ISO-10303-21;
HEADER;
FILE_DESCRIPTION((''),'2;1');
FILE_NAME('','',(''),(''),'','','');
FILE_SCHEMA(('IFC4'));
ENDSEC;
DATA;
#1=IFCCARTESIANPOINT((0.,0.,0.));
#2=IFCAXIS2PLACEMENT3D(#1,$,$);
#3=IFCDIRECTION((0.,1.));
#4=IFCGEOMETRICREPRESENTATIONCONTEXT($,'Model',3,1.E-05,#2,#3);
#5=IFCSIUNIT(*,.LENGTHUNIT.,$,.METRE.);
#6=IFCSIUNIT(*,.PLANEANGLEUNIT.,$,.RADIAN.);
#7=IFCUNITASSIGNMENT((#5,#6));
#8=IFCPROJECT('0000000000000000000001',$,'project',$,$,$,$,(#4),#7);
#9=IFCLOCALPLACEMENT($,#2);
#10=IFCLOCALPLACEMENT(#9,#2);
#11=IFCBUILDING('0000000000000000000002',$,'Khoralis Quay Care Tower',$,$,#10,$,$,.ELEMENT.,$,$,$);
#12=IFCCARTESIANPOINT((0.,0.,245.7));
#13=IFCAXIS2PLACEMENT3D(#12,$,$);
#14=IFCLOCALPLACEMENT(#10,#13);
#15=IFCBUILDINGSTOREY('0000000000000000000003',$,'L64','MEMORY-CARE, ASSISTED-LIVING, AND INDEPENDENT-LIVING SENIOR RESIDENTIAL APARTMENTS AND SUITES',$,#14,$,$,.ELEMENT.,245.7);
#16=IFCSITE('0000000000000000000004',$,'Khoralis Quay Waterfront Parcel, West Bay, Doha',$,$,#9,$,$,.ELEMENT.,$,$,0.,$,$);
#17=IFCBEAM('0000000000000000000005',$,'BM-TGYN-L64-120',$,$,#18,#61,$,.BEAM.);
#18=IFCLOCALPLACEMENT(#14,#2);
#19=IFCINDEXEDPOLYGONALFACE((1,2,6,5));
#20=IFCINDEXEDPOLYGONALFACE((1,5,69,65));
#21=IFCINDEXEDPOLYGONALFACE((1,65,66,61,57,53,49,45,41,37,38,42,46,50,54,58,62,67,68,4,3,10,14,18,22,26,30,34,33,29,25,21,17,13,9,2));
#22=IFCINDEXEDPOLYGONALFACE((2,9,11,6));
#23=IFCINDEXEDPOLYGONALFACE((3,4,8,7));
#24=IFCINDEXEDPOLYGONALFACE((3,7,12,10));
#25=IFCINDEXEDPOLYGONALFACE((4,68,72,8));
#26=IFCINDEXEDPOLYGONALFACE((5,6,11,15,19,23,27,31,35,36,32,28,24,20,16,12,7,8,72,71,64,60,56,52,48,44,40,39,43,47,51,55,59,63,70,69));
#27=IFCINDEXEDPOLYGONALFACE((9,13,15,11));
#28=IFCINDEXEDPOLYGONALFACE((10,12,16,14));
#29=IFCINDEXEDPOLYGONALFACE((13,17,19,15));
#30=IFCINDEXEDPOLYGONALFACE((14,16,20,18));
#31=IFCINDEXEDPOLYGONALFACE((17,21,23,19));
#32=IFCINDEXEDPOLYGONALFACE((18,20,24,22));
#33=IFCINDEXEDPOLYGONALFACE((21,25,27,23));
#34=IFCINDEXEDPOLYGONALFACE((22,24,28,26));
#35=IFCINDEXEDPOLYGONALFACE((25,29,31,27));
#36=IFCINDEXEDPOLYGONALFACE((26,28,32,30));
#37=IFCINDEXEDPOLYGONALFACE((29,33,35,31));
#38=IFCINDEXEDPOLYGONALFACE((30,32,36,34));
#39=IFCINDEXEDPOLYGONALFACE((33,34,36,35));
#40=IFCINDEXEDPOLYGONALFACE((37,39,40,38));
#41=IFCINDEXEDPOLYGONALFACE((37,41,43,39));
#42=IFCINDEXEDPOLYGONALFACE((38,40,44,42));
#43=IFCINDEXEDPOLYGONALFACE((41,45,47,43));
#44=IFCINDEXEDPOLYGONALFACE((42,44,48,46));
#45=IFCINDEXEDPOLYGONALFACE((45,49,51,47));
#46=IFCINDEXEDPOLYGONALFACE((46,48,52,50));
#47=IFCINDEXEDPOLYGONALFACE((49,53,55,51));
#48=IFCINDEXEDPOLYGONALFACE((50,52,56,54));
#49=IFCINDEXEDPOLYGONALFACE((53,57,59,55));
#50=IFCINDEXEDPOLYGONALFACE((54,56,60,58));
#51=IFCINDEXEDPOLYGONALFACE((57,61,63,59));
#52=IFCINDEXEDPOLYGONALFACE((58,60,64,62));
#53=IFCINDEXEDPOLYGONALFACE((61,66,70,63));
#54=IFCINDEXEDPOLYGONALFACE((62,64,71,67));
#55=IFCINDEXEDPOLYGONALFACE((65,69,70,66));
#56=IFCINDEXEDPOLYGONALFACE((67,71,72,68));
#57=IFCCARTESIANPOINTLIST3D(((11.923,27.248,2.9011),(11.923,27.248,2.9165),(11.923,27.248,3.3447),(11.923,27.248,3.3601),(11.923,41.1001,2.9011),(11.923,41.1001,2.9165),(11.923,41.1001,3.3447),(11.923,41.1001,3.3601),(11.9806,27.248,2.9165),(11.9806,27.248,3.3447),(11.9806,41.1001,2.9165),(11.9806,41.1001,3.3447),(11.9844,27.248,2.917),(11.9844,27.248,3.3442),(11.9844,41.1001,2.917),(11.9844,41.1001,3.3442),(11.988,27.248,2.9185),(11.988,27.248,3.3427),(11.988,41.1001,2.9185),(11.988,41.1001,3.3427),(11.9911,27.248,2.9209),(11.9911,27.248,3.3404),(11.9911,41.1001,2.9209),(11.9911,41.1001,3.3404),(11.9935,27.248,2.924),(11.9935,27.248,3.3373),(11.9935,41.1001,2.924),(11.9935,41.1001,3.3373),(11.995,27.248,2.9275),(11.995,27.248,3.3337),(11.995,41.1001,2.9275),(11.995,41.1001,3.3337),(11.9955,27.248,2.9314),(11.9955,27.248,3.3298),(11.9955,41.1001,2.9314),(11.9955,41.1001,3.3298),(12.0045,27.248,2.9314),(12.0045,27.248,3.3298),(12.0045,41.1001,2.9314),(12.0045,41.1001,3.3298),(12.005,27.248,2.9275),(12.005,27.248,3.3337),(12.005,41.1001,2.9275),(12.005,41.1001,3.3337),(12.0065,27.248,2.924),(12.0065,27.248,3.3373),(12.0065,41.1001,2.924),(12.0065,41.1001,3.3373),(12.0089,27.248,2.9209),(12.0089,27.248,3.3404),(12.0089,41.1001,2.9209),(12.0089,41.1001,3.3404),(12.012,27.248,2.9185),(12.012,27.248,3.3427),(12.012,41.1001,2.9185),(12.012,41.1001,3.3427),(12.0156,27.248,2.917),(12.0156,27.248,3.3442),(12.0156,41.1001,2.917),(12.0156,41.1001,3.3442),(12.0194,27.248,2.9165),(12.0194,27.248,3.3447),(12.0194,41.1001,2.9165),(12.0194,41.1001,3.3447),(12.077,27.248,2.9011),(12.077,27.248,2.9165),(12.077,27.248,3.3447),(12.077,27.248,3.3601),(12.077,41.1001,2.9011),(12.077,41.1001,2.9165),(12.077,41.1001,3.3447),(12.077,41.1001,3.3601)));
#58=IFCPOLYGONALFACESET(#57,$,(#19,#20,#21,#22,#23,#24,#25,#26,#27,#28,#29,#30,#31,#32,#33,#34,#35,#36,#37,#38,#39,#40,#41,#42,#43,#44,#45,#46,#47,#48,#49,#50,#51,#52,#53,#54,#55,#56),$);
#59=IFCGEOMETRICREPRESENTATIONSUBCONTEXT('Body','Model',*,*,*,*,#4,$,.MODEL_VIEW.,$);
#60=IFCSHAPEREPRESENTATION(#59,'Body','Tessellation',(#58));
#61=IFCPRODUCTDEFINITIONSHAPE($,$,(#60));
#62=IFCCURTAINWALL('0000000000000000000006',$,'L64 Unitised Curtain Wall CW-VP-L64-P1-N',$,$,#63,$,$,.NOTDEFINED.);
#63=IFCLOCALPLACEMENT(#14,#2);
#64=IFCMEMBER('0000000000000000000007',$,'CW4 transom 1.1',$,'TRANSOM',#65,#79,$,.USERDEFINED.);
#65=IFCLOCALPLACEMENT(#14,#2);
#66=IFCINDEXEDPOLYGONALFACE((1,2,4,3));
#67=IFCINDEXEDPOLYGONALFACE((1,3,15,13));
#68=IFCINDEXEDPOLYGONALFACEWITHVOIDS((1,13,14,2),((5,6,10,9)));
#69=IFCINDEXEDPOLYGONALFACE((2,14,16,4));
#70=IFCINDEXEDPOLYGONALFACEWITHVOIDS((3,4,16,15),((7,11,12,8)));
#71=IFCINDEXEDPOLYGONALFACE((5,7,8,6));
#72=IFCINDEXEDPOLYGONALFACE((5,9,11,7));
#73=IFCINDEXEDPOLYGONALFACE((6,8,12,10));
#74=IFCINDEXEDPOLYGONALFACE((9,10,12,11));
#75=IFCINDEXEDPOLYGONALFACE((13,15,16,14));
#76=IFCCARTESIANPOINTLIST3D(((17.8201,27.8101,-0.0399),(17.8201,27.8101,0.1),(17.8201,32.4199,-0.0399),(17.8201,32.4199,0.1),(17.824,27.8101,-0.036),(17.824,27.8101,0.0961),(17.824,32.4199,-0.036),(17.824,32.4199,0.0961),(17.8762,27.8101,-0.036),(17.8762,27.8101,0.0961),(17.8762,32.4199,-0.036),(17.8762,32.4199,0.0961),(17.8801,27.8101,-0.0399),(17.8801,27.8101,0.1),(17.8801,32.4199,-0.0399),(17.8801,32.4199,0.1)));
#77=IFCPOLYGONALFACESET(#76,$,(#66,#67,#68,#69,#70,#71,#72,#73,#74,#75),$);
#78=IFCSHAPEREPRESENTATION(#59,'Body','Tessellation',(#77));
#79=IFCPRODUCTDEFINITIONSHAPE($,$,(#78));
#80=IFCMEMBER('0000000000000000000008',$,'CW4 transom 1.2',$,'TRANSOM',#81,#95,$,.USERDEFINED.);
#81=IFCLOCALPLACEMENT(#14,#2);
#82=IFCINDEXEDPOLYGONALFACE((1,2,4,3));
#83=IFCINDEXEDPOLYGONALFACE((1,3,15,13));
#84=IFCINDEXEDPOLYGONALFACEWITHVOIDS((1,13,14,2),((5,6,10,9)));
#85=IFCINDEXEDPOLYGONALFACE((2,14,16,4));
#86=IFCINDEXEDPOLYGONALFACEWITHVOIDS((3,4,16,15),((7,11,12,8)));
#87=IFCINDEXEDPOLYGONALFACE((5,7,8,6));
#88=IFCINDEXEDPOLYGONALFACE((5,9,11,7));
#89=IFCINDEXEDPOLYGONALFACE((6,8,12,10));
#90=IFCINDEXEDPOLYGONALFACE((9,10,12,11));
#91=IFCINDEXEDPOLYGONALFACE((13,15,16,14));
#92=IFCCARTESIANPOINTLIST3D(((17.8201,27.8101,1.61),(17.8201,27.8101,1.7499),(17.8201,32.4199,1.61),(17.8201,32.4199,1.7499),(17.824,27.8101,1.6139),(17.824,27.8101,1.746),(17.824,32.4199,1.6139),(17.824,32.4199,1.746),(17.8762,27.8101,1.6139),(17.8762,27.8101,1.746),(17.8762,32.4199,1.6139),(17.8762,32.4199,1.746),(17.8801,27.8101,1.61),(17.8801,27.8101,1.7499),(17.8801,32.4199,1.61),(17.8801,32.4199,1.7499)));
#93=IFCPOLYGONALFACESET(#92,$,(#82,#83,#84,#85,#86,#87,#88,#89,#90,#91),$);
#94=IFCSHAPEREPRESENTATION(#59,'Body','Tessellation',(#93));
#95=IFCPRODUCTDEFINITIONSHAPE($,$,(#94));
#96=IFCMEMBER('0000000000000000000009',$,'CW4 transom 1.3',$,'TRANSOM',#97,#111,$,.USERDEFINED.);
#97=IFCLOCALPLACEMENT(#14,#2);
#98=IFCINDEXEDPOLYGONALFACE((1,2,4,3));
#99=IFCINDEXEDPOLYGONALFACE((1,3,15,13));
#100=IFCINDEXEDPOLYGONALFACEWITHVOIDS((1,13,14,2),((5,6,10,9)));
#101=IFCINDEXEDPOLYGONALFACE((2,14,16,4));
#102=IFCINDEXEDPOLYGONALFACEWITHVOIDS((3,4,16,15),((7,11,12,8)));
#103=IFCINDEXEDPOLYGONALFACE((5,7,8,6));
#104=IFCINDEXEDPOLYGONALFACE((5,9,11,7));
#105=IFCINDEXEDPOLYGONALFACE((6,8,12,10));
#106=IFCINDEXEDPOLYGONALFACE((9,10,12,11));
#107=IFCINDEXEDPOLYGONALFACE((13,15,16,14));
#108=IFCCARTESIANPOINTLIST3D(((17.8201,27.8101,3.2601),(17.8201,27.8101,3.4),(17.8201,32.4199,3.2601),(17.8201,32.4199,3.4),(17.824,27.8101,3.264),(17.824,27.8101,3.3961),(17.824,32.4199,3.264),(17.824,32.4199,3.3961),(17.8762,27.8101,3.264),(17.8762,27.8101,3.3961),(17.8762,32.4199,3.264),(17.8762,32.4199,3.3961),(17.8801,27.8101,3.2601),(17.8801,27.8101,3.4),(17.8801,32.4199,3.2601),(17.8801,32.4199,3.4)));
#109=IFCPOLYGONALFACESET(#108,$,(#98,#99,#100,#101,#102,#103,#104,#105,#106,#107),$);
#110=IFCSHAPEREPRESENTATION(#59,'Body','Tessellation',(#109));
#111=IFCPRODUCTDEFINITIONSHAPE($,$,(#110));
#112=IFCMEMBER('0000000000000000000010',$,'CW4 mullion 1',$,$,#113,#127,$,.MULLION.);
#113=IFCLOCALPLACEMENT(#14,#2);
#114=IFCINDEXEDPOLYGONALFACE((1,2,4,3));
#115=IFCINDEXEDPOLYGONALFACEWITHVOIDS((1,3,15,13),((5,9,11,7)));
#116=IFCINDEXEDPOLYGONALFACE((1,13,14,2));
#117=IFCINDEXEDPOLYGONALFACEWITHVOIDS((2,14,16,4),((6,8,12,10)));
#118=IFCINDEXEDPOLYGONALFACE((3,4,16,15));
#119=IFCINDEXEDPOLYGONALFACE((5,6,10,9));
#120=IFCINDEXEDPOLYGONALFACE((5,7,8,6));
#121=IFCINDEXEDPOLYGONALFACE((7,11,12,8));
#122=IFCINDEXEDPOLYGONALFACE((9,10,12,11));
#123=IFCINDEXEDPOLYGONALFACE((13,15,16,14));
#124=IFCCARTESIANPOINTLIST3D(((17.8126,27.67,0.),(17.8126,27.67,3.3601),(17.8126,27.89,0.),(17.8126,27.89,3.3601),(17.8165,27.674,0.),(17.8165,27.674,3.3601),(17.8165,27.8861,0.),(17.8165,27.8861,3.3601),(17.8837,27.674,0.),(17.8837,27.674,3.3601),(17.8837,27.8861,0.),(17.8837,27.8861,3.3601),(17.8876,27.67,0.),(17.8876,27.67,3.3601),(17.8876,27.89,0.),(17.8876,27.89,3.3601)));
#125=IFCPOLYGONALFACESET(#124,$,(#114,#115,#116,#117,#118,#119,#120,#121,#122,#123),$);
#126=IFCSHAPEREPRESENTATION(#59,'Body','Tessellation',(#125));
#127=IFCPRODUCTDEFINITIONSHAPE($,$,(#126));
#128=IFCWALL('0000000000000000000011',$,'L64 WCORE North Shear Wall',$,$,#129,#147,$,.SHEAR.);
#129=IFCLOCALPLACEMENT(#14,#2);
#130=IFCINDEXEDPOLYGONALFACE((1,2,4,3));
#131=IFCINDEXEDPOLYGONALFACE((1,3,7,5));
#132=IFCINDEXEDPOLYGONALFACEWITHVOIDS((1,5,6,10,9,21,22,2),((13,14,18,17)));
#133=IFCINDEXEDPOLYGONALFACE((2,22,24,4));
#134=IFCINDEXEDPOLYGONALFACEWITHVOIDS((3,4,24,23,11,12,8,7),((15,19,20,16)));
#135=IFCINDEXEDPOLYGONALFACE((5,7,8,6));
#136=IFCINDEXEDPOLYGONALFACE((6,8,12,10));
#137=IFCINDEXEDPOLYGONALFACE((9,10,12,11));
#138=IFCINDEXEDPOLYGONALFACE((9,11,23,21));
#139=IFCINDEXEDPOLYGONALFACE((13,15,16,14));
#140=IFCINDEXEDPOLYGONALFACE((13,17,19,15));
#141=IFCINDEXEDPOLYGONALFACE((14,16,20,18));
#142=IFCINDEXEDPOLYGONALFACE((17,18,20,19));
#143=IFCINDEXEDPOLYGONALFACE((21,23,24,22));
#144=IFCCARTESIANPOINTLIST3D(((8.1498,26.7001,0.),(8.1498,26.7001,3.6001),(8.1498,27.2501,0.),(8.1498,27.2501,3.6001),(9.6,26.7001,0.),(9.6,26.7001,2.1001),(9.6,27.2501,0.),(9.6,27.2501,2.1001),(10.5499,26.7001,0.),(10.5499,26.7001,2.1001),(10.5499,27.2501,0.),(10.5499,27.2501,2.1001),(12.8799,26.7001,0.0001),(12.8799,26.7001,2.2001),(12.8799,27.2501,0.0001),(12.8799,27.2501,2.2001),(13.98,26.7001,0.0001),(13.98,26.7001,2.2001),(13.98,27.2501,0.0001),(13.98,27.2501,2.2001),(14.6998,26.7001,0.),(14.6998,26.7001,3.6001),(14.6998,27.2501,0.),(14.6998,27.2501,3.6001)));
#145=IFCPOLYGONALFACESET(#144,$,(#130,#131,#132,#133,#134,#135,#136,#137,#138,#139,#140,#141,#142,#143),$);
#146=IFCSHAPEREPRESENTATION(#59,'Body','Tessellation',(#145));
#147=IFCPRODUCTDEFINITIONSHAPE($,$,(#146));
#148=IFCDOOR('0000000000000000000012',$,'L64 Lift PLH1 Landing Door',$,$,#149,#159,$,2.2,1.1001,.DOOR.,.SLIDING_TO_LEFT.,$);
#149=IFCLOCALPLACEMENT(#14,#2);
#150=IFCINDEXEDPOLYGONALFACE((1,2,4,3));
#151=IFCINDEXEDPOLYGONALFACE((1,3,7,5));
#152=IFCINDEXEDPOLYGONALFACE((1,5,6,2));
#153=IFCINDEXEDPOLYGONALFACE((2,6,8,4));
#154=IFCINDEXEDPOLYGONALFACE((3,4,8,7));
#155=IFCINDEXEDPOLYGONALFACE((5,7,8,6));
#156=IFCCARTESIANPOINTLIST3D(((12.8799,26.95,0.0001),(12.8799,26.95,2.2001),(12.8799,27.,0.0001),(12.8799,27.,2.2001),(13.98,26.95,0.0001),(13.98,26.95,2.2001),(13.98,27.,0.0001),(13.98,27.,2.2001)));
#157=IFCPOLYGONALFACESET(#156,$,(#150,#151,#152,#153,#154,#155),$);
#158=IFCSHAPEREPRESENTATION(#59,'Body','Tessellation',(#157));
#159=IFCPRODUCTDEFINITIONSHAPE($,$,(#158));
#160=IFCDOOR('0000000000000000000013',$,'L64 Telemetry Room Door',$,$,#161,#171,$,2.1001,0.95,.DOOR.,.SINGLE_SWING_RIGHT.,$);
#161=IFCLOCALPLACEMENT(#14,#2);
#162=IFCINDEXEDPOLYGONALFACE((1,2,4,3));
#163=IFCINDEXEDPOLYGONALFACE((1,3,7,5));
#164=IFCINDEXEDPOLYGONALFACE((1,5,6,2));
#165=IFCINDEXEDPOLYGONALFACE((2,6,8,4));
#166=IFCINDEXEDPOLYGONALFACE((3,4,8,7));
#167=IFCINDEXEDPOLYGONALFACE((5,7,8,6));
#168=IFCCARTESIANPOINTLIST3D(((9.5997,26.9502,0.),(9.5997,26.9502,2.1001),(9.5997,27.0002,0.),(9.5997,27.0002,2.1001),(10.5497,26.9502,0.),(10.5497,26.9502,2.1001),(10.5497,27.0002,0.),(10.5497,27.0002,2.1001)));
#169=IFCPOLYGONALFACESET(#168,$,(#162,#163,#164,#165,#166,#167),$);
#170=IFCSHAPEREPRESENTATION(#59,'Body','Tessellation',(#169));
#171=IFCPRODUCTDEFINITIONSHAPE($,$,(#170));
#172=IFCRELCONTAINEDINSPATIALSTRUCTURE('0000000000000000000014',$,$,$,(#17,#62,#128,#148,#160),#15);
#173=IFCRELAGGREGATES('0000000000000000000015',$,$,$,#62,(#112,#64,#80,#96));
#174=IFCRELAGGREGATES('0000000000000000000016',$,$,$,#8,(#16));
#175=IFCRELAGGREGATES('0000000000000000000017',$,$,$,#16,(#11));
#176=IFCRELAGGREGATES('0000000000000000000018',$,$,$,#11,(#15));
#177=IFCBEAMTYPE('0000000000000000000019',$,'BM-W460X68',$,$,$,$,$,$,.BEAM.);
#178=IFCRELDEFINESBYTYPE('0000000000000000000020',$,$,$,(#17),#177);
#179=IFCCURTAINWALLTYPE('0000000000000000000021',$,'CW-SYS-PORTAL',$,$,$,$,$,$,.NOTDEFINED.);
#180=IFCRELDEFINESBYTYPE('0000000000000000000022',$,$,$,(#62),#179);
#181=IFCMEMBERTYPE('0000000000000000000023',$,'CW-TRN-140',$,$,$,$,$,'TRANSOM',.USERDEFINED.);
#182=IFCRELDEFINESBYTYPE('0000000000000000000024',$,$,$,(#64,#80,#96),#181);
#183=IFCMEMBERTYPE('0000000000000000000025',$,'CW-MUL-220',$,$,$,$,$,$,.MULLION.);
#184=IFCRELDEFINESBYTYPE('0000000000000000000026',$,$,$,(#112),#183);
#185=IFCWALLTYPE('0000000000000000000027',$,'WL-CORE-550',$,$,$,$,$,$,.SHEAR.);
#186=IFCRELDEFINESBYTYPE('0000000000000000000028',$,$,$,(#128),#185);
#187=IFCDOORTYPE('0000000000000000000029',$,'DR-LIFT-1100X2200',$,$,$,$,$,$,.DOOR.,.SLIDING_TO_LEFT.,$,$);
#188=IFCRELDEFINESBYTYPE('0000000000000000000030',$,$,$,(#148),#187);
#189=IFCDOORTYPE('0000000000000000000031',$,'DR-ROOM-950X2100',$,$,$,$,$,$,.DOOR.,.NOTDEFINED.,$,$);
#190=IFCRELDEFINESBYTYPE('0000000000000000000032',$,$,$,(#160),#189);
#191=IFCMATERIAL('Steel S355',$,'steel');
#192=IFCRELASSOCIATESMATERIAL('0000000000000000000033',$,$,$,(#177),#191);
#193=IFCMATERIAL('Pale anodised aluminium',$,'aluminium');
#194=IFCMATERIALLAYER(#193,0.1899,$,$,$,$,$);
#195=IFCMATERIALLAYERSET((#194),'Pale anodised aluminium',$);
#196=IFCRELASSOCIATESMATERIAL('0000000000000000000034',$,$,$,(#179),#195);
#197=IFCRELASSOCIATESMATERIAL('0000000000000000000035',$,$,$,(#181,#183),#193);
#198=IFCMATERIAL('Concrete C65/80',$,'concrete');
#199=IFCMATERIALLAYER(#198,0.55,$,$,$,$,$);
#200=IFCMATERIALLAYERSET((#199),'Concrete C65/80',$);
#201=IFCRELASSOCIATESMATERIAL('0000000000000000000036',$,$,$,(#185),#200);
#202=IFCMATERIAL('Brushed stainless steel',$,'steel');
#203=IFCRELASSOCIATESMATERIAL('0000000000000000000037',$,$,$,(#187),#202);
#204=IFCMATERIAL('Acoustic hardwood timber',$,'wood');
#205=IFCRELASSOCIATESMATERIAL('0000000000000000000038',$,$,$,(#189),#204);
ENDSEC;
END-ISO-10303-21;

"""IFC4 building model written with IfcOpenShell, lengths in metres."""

from ifc_helpers import new_model, si_unit, direction, frame, frame_2d, origin, origin_2d, place, context, subcontext, project, spatial, rectangle, hollow_rectangle, i_section, extrude, source, transform, mapped, material, layer, layer_set, material_profile, profile_set, type_object, element, fill, aggregate, save


model = new_model("IFC4")

# Units and contexts
model_context = context("Model", 3, precision=1e-05, world=origin(), true_north=direction((0.0, 1.0)))
body_context = subcontext(model_context, "Body", "Model", "MODEL_VIEW")
ifc_project = project(units=[si_unit("LENGTHUNIT", "METRE"), si_unit("PLANEANGLEUNIT", "RADIAN")], contexts=[model_context])

# Site, building, storey
site_placement = place(None, origin())
site = spatial("IfcSite", under=ifc_project, at=site_placement, Name="Khoralis Quay Waterfront Parcel, West Bay, Doha", CompositionType="ELEMENT", RefElevation=0.0)
building_placement = place(site_placement, origin())
building = spatial("IfcBuilding", under=site, at=building_placement, Name="Khoralis Quay Care Tower", CompositionType="ELEMENT")
storey_placement = place(building_placement, frame((0.0, 0.0, 245.7)))
storey = spatial("IfcBuildingStorey", under=building, at=storey_placement, Name="L64", Description="MEMORY-CARE, ASSISTED-LIVING, AND INDEPENDENT-LIVING SENIOR RESIDENTIAL APARTMENTS AND SUITES", CompositionType="ELEMENT", Elevation=245.7)

# Beam
ifc_material_1 = material(Name="Steel S355", Category="steel")
ifc_material_profile_1 = material_profile(ifc_material_1, i_section(OverallWidth=0.1541, OverallDepth=0.459, WebThickness=0.009, FlangeThickness=0.0154, FilletRadius=0.0149, at=origin_2d()), Name="Steel S355")
ifc_profile_set_1 = profile_set([ifc_material_profile_1], Name="Steel S355")
beam_type_1 = type_object("IfcBeamType", Name="BM-W460X68", PredefinedType="BEAM", material=ifc_profile_set_1)
shared_shape_1 = source(origin(), body_context, "Body", "SweptSolid", [
    extrude(i_section(OverallWidth=0.1541, OverallDepth=0.459, WebThickness=0.009, FlangeThickness=0.0154, FilletRadius=0.0149, at=origin_2d()), origin(), (0.0, 0.0, 1.0), 13.8521),
])
beam_1_placement = place(storey_placement, frame((12.0, 27.248, 3.1306), z_axis=(0.0, 1.0, 0.0), x_axis=(-1.0, 0.0, 0.0)))
element("IfcBeam", 1, at=beam_1_placement, inside=storey, type_object=beam_type_1, Name="BM-TGYN-L64-120", PredefinedType="BEAM", context=body_context, shape_type="MappedRepresentation", body=[
    mapped(shared_shape_1, transform((0.0, 0.0, 0.0), scale=1.0)),
])

# Curtain wall, members
ifc_material_2 = material(Name="Pale anodised aluminium", Category="aluminium")
ifc_layer_1 = layer(ifc_material_2, 0.1899)
ifc_layer_set_1 = layer_set([ifc_layer_1], Name="Pale anodised aluminium")
curtain_wall_type = type_object("IfcCurtainWallType", Name="CW-SYS-PORTAL", PredefinedType="NOTDEFINED", material=ifc_layer_set_1)
curtain_wall_placement = place(storey_placement, origin())
curtain_wall = element("IfcCurtainWall", 2, at=curtain_wall_placement, inside=storey, type_object=curtain_wall_type, Name="L64 Unitised Curtain Wall CW-VP-L64-P1-N", PredefinedType="NOTDEFINED")
ifc_material_profile_2 = material_profile(ifc_material_2, hollow_rectangle(XDim=0.0601, YDim=0.1399, WallThickness=0.0039, at=origin_2d()), Name="Pale anodised aluminium")
ifc_profile_set_2 = profile_set([ifc_material_profile_2], Name="Pale anodised aluminium")
member_type_1 = type_object("IfcMemberType", Name="CW-TRN-140", ElementType="TRANSOM", PredefinedType="USERDEFINED", material=ifc_profile_set_2)
shared_shape_2 = source(origin(), body_context, "Body", "SweptSolid", [
    extrude(hollow_rectangle(XDim=0.0601, YDim=0.1399, WallThickness=0.0039, at=origin_2d()), origin(), (0.0, 0.0, 1.0), 4.6099),
])
member_1_placement = place(storey_placement, frame((17.8501, 27.8101, 0.03), z_axis=(0.0, 1.0, 0.0), x_axis=(-1.0, 0.0, 0.0)))
member_1 = element("IfcMember", 3, at=member_1_placement, type_object=member_type_1, Name="CW4 transom 1.1", ObjectType="TRANSOM", PredefinedType="USERDEFINED", context=body_context, shape_type="MappedRepresentation", body=[
    mapped(shared_shape_2, transform((0.0, 0.0, 0.0), scale=1.0)),
])
member_2_placement = place(storey_placement, frame((17.8501, 27.8101, 1.6799), z_axis=(0.0, 1.0, 0.0), x_axis=(-1.0, 0.0, 0.0)))
member_2 = element("IfcMember", 4, at=member_2_placement, type_object=member_type_1, Name="CW4 transom 1.2", ObjectType="TRANSOM", PredefinedType="USERDEFINED", context=body_context, shape_type="MappedRepresentation", body=[
    mapped(shared_shape_2, transform((0.0, 0.0, 0.0), scale=1.0)),
])
member_3_placement = place(storey_placement, frame((17.8501, 27.8101, 3.3301), z_axis=(0.0, 1.0, 0.0), x_axis=(-1.0, 0.0, 0.0)))
member_3 = element("IfcMember", 5, at=member_3_placement, type_object=member_type_1, Name="CW4 transom 1.3", ObjectType="TRANSOM", PredefinedType="USERDEFINED", context=body_context, shape_type="MappedRepresentation", body=[
    mapped(shared_shape_2, transform((0.0, 0.0, 0.0), scale=1.0)),
])
ifc_material_profile_3 = material_profile(ifc_material_2, hollow_rectangle(XDim=0.075, YDim=0.22, WallThickness=0.0039, at=origin_2d()), Name="Pale anodised aluminium")
ifc_profile_set_3 = profile_set([ifc_material_profile_3], Name="Pale anodised aluminium")
member_type_2 = type_object("IfcMemberType", Name="CW-MUL-220", PredefinedType="MULLION", material=ifc_profile_set_3)
shared_shape_3 = source(origin(), body_context, "Body", "SweptSolid", [
    extrude(hollow_rectangle(XDim=0.075, YDim=0.22, WallThickness=0.0039, at=origin_2d()), origin(), (0.0, 0.0, 1.0), 3.3601),
])
member_4_placement = place(storey_placement, frame((17.8501, 27.78, 0.0), z_axis=(0.0, 0.0, 1.0), x_axis=(-1.0, 0.0, 0.0)))
member_4 = element("IfcMember", 6, at=member_4_placement, type_object=member_type_2, Name="CW4 mullion 1", PredefinedType="MULLION", context=body_context, shape_type="MappedRepresentation", body=[
    mapped(shared_shape_3, transform((0.0, 0.0, 0.0), scale=1.0)),
])
aggregate(curtain_wall, [member_4, member_1, member_2, member_3])

# Wall, openings, doors
ifc_material_3 = material(Name="Concrete C65/80", Category="concrete")
ifc_layer_2 = layer(ifc_material_3, 0.55)
ifc_layer_set_2 = layer_set([ifc_layer_2], Name="Concrete C65/80")
wall_type_1 = type_object("IfcWallType", Name="WL-CORE-550", PredefinedType="SHEAR", material=ifc_layer_set_2)
wall_1_placement = place(storey_placement, frame((8.1499, 26.9751, 0.0), z_axis=(0.0, 0.0, 1.0), x_axis=(1.0, 0.0, 0.0)))
wall_1 = element("IfcWall", 7, at=wall_1_placement, inside=storey, type_object=wall_type_1, Name="L64 WCORE North Shear Wall", PredefinedType="SHEAR", context=body_context, shape_type="SweptSolid", body=[
    extrude(rectangle(XDim=6.55, YDim=0.55, at=frame_2d((3.2749, 0.0))), origin(), (0.0, 0.0, 1.0), 3.6001),
])
opening_1_placement = place(wall_1_placement, frame((1.45, 0.0, 0.0)))
opening_1 = element("IfcOpeningElement", 8, at=opening_1_placement, cuts=wall_1, PredefinedType="OPENING", context=body_context, shape_type="SweptSolid", body=[
    extrude(rectangle(XDim=0.95, YDim=2.1001, at=frame_2d((0.4751, 1.05))), frame((0.0, 0.2852, 0.0), z_axis=(0.0, -1.0, 0.0), x_axis=(1.0, 0.0, 0.0)), (0.0, 0.0, 1.0), 0.5701),
])
opening_2_placement = place(wall_1_placement, frame((4.73, 0.0, 0.0)))
opening_2 = element("IfcOpeningElement", 9, at=opening_2_placement, cuts=wall_1, PredefinedType="OPENING", context=body_context, shape_type="SweptSolid", body=[
    extrude(rectangle(XDim=1.1001, YDim=2.2, at=frame_2d((0.55, 1.1001))), frame((0.0, 0.2852, 0.0), z_axis=(0.0, -1.0, 0.0), x_axis=(1.0, 0.0, 0.0)), (0.0, 0.0, 1.0), 0.5701),
])
ifc_material_4 = material(Name="Brushed stainless steel", Category="steel")
door_type_1 = type_object("IfcDoorType", Name="DR-LIFT-1100X2200", OperationType="SLIDING_TO_LEFT", PredefinedType="DOOR", material=ifc_material_4)
shared_shape_4 = source(origin(), body_context, "Body", "SweptSolid", [
    extrude(rectangle(XDim=1.1001, YDim=2.2, at=frame_2d((0.55, 1.1001))), frame((0.0, 0.0249, 0.0), z_axis=(0.0, -1.0, 0.0), x_axis=(1.0, 0.0, 0.0)), (0.0, 0.0, 1.0), 0.05),
])
door_1_placement = place(opening_2_placement, origin())
door_1 = element("IfcDoor", 10, at=door_1_placement, inside=storey, type_object=door_type_1, Name="L64 Lift PLH1 Landing Door", OperationType="SLIDING_TO_LEFT", OverallHeight=2.2, OverallWidth=1.1001, PredefinedType="DOOR", context=body_context, shape_type="MappedRepresentation", body=[
    mapped(shared_shape_4, transform((0.0, 0.0, 0.0), scale=1.0)),
])
fill(opening_2, door_1)
ifc_material_5 = material(Name="Acoustic hardwood timber", Category="wood")
door_type_2 = type_object("IfcDoorType", Name="DR-ROOM-950X2100", OperationType="NOTDEFINED", PredefinedType="DOOR", material=ifc_material_5)
shared_shape_5 = source(origin(), body_context, "Body", "SweptSolid", [
    extrude(rectangle(XDim=0.95, YDim=2.1001, at=frame_2d((0.4751, 1.05))), frame((0.0, 0.0249, 0.0), z_axis=(0.0, -1.0, 0.0), x_axis=(1.0, 0.0, 0.0)), (0.0, 0.0, 1.0), 0.05),
])
door_2_placement = place(opening_1_placement, frame((0.95, 0.0, 0.0), z_axis=(0.0, 0.0, 1.0), x_axis=(-1.0, 0.0, 0.0)))
door_2 = element("IfcDoor", 11, at=door_2_placement, inside=storey, type_object=door_type_2, Name="L64 Telemetry Room Door", OperationType="SINGLE_SWING_RIGHT", OverallHeight=2.1001, OverallWidth=0.95, PredefinedType="DOOR", context=body_context, shape_type="MappedRepresentation", body=[
    mapped(shared_shape_5, transform((0.0, 0.0, 0.0), scale=1.0)),
])
fill(opening_1, door_2)

save(model, "model.ifc")
